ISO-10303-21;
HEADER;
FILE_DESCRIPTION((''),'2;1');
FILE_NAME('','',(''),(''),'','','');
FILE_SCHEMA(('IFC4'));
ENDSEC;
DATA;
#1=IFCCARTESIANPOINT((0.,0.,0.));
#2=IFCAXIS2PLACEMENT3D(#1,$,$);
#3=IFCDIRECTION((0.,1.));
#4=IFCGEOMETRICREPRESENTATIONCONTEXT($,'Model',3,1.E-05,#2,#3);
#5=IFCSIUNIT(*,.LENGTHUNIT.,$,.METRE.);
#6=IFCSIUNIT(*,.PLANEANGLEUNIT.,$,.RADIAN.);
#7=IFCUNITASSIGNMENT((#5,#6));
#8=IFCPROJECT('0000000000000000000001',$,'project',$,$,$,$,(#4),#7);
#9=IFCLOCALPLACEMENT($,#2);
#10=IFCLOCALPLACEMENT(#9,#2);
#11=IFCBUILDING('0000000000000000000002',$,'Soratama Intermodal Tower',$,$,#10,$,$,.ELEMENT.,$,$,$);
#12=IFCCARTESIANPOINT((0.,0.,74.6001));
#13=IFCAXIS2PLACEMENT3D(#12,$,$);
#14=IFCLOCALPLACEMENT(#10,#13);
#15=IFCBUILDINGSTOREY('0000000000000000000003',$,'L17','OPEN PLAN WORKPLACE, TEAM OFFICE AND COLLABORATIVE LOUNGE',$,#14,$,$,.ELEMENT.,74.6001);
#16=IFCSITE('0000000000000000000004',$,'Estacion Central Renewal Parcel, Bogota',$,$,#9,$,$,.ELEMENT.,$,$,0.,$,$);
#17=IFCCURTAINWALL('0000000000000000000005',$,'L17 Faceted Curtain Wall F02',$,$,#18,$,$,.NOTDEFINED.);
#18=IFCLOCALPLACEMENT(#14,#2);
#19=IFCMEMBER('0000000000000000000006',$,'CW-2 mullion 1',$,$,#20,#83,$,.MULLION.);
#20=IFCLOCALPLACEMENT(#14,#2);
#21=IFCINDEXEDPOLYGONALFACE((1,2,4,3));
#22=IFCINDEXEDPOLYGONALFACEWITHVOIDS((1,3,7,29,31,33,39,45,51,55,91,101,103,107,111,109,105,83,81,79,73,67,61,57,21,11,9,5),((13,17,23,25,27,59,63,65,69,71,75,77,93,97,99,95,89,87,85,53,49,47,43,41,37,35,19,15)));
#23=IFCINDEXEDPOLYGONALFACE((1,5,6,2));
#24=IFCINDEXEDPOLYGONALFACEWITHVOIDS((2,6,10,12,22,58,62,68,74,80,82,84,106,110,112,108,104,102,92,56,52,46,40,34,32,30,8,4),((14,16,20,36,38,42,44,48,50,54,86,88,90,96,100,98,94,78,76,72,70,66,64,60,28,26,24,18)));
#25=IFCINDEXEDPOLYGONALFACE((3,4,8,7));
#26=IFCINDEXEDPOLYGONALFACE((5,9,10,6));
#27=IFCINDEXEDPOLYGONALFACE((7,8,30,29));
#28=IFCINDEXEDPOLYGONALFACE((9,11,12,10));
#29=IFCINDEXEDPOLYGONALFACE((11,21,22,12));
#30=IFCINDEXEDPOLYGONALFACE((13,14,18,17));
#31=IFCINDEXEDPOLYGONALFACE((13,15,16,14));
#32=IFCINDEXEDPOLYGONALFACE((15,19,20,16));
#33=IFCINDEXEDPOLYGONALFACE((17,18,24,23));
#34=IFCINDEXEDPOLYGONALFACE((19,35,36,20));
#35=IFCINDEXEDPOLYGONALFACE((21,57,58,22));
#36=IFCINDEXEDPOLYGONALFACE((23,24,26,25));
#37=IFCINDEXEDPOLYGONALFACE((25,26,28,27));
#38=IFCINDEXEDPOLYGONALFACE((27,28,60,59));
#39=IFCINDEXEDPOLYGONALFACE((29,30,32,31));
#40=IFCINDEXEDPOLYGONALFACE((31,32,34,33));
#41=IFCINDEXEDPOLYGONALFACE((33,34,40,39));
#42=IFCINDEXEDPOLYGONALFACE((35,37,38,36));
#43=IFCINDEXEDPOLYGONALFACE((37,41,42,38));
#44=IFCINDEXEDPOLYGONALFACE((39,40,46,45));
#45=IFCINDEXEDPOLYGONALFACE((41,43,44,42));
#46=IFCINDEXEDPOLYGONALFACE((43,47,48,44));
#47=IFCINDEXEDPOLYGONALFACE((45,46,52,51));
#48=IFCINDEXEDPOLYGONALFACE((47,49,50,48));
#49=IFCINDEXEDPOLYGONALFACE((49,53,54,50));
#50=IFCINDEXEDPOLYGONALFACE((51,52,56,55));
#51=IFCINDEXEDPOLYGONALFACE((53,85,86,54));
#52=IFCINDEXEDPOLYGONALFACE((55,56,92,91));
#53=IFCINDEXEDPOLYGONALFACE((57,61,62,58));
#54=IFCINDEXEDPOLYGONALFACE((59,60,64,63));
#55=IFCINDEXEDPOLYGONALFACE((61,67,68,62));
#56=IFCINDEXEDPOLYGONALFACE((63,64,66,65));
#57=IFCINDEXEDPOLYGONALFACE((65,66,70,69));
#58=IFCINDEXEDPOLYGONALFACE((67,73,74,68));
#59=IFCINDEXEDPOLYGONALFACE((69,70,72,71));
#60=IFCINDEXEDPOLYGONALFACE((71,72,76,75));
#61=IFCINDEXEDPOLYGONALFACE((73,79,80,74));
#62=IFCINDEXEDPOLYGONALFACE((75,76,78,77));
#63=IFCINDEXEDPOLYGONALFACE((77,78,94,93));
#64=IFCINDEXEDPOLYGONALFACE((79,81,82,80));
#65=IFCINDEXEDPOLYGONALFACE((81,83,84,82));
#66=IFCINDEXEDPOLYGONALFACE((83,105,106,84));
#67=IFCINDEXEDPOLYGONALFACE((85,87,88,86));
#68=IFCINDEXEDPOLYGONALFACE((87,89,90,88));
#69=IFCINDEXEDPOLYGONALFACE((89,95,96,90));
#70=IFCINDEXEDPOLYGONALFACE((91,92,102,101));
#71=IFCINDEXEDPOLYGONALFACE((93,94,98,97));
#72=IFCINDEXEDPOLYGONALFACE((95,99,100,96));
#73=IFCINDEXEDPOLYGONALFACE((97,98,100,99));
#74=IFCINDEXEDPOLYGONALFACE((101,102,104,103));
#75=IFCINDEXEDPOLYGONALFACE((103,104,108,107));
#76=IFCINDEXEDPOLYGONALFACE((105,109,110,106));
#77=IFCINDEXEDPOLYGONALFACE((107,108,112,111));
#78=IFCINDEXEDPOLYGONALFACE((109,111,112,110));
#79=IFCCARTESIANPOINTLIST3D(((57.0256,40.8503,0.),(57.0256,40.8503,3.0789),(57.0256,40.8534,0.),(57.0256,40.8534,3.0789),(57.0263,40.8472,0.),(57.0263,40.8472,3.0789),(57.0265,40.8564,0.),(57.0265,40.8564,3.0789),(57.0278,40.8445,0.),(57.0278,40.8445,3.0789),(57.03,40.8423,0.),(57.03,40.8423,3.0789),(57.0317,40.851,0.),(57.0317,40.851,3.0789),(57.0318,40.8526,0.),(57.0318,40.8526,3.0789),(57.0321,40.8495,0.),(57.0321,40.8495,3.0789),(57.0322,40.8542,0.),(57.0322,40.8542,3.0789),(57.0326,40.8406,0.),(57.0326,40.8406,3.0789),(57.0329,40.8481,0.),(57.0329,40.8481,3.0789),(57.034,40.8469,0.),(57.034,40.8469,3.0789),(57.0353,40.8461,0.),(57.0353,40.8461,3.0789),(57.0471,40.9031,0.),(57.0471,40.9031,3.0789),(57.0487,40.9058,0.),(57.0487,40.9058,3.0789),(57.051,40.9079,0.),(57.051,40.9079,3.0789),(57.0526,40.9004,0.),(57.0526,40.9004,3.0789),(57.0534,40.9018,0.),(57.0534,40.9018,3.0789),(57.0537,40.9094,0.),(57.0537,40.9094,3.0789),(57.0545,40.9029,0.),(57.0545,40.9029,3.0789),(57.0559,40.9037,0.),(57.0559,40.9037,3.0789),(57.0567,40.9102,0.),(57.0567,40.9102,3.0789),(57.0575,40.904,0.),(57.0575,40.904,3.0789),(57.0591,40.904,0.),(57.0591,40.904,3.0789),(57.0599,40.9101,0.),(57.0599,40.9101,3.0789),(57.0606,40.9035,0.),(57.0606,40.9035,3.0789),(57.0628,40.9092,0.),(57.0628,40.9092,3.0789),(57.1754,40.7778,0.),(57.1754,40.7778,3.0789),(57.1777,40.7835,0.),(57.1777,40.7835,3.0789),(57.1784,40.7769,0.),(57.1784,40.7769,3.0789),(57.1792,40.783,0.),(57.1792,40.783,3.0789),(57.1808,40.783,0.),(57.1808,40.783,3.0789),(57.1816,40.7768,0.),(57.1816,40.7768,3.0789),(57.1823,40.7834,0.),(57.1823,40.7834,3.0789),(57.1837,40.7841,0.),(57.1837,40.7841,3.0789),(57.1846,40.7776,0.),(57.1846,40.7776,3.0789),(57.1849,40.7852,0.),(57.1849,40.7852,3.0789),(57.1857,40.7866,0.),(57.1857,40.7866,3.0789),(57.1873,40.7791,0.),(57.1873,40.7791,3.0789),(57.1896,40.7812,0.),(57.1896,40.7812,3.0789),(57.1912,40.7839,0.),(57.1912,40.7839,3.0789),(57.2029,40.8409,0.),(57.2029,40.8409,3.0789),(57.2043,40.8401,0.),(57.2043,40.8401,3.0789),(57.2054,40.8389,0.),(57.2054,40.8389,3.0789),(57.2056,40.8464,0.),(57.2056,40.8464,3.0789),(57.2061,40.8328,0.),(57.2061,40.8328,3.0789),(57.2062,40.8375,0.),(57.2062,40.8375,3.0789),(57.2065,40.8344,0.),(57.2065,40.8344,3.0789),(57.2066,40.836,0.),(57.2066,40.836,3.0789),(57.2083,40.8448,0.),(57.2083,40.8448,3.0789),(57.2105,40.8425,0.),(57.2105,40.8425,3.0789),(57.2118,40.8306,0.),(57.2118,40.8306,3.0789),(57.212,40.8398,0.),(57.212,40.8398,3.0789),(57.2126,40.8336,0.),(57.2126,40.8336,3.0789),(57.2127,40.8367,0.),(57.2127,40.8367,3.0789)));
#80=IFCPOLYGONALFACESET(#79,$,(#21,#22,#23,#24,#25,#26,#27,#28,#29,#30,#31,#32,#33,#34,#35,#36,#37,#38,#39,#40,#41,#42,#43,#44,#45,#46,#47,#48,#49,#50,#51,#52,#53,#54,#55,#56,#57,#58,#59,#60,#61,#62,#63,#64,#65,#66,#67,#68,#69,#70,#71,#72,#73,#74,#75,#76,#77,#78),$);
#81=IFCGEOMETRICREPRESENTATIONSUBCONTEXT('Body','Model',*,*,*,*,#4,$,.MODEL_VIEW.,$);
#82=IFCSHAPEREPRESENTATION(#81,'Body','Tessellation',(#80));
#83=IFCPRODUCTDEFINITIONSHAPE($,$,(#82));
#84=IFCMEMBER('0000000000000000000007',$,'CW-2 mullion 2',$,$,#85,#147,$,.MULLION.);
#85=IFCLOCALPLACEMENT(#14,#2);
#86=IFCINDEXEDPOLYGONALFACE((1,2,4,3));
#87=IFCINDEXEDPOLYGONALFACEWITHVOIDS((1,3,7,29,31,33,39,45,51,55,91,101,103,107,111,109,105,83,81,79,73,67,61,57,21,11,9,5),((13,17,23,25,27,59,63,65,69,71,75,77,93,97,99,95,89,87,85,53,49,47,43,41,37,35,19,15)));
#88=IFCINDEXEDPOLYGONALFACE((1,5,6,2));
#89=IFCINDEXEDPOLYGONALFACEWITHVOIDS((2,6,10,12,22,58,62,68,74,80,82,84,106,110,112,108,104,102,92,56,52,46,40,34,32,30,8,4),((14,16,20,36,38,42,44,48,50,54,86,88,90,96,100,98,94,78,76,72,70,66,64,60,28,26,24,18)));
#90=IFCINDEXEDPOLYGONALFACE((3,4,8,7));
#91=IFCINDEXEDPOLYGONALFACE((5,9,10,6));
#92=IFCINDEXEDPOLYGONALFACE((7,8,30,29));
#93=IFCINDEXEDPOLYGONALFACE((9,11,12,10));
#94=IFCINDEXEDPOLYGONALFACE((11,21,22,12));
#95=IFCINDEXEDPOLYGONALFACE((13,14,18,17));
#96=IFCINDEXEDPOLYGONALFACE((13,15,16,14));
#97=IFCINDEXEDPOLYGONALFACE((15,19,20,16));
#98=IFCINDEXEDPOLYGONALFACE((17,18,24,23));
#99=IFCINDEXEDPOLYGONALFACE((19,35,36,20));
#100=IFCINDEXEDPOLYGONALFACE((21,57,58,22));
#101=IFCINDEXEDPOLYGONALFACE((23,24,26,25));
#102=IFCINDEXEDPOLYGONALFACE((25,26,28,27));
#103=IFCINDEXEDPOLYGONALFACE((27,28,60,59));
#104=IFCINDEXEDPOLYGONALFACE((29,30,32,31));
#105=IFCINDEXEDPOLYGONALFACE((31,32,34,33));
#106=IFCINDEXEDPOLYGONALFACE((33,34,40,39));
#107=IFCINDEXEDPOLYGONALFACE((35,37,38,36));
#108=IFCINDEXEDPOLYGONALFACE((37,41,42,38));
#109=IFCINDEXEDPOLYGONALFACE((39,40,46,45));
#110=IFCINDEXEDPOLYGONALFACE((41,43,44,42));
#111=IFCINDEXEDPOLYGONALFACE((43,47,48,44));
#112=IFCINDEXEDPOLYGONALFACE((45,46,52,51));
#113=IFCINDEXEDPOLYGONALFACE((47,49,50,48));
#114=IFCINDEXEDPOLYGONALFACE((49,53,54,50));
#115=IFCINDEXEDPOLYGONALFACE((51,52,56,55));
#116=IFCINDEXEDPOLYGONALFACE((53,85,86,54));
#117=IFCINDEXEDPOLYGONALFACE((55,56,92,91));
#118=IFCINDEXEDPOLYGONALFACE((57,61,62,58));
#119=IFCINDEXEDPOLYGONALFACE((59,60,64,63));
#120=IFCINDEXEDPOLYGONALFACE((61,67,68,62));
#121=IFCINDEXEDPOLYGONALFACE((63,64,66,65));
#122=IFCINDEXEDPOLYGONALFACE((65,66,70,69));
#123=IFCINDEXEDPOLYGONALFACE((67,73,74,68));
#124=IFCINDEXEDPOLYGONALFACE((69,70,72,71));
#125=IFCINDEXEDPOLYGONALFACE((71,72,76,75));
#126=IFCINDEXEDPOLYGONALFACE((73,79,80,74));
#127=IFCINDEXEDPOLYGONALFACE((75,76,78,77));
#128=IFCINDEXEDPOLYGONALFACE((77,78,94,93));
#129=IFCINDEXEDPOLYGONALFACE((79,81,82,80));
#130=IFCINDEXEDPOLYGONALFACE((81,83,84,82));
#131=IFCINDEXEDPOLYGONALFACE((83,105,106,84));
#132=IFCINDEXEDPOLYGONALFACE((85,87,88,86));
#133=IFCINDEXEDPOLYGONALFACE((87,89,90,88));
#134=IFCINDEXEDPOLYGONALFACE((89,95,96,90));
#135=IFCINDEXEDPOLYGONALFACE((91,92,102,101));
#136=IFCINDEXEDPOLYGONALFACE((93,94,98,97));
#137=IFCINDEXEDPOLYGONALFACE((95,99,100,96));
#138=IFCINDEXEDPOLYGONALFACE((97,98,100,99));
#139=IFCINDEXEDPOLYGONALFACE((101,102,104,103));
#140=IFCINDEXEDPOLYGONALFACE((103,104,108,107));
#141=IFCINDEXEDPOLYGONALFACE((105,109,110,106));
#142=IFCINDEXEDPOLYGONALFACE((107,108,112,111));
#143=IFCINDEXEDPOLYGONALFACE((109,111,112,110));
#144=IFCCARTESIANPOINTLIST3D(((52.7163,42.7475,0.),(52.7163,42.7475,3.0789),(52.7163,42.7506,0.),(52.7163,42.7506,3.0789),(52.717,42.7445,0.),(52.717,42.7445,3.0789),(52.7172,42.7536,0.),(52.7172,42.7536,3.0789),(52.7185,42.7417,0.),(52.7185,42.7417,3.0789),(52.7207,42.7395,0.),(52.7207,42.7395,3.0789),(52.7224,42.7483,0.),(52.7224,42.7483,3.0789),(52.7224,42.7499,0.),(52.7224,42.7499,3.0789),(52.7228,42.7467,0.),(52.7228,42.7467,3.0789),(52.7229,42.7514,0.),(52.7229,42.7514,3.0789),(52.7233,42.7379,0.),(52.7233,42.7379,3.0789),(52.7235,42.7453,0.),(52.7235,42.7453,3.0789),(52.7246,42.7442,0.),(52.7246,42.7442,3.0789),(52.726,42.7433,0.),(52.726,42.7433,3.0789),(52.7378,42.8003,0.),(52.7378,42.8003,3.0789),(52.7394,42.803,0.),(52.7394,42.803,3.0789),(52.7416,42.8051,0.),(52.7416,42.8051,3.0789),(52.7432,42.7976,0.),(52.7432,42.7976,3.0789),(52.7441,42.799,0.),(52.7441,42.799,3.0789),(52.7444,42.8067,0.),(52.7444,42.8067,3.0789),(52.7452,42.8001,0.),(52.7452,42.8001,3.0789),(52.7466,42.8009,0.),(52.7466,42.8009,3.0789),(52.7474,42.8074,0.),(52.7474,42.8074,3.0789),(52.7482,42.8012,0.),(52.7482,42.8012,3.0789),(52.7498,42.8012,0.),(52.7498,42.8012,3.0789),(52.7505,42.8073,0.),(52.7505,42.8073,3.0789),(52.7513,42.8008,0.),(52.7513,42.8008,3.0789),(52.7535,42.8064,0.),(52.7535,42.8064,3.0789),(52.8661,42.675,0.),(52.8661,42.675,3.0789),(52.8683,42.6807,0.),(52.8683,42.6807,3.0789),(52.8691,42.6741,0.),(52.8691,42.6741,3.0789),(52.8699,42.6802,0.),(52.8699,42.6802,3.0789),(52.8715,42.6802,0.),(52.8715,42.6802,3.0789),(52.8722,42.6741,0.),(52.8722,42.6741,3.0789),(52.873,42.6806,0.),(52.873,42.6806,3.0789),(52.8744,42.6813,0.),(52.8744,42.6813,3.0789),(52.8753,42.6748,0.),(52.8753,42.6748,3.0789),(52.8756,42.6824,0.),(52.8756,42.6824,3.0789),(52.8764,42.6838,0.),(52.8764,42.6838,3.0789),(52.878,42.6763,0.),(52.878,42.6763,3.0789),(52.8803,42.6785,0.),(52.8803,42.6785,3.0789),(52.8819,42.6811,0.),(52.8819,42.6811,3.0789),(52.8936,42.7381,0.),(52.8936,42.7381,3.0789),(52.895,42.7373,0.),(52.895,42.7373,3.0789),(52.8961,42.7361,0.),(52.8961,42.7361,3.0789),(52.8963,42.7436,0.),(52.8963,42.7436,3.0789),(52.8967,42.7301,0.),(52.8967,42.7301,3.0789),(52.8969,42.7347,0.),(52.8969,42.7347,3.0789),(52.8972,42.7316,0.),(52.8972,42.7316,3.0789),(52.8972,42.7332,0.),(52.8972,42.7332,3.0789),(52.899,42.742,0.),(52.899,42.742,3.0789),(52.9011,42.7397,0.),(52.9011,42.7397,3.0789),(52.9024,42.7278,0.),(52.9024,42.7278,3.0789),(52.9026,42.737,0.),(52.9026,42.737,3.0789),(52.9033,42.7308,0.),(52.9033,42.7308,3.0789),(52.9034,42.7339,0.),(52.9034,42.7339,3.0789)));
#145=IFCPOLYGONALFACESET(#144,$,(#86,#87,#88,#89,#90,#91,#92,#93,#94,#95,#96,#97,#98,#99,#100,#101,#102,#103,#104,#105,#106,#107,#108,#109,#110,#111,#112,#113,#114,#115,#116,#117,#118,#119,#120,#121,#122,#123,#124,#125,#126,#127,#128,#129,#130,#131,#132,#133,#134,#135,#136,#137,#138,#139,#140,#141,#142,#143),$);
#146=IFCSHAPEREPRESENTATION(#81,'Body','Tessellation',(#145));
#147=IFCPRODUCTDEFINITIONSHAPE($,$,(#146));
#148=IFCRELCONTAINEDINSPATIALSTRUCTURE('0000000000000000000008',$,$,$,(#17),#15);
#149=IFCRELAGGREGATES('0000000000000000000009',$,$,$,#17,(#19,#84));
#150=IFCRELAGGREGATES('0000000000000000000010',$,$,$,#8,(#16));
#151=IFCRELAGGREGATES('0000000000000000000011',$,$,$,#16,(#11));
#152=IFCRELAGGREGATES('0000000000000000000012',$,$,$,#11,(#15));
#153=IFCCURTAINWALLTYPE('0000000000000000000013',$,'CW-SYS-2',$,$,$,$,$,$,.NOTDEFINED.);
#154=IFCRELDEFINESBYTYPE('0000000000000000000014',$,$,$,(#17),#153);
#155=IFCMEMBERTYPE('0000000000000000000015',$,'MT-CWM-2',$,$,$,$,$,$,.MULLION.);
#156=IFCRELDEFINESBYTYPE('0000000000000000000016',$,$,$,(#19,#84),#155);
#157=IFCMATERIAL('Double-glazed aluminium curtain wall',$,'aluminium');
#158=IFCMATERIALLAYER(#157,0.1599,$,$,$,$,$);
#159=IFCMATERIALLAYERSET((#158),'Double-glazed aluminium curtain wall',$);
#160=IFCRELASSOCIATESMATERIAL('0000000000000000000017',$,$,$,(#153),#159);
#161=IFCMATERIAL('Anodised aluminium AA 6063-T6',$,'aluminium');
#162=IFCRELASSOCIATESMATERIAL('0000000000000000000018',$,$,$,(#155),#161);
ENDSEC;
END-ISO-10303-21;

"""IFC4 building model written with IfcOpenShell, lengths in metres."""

from ifc_helpers import new_model, si_unit, direction, frame, origin, origin_2d, place, context, subcontext, project, spatial, hollow_rectangle, extrude, material, layer, layer_set, material_profile, profile_set, type_object, element, aggregate, save


model = new_model("IFC4")

# Units and contexts
model_context = context("Model", 3, precision=1e-05, world=origin(), true_north=direction((0.0, 1.0)))
body_context = subcontext(model_context, "Body", "Model", "MODEL_VIEW")
ifc_project = project(units=[si_unit("LENGTHUNIT", "METRE"), si_unit("PLANEANGLEUNIT", "RADIAN")], contexts=[model_context])

# Site, building, storey
site_placement = place(None, origin())
site = spatial("IfcSite", under=ifc_project, at=site_placement, Name="Estacion Central Renewal Parcel, Bogota", CompositionType="ELEMENT", RefElevation=0.0)
building_placement = place(site_placement, origin())
building = spatial("IfcBuilding", under=site, at=building_placement, Name="Soratama Intermodal Tower", CompositionType="ELEMENT")
storey_placement = place(building_placement, frame((0.0, 0.0, 74.6001)))
storey = spatial("IfcBuildingStorey", under=building, at=storey_placement, Name="L17", Description="OPEN PLAN WORKPLACE, TEAM OFFICE AND COLLABORATIVE LOUNGE", CompositionType="ELEMENT", Elevation=74.6001)

# Curtain wall, members
ifc_material_1 = material(Name="Double-glazed aluminium curtain wall", Category="aluminium")
ifc_layer_1 = layer(ifc_material_1, 0.1599)
ifc_layer_set_1 = layer_set([ifc_layer_1], Name="Double-glazed aluminium curtain wall")
curtain_wall_type = type_object("IfcCurtainWallType", Name="CW-SYS-2", PredefinedType="NOTDEFINED", material=ifc_layer_set_1)
curtain_wall_placement = place(storey_placement, origin())
curtain_wall = element("IfcCurtainWall", 1, at=curtain_wall_placement, inside=storey, type_object=curtain_wall_type, Name="L17 Faceted Curtain Wall F02", PredefinedType="NOTDEFINED")
ifc_material_2 = material(Name="Anodised aluminium AA 6063-T6", Category="aluminium")
ifc_material_profile_1 = material_profile(ifc_material_2, hollow_rectangle(XDim=0.075, YDim=0.1799, WallThickness=0.0061, InnerFilletRadius=0.0061, OuterFilletRadius=0.012, at=origin_2d()), Name="CWM180X75X6")
ifc_profile_set_1 = profile_set([ifc_material_profile_1], Name="Anodised aluminium AA 6063-T6")
member_type_1 = type_object("IfcMemberType", Name="MT-CWM-2", PredefinedType="MULLION", material=ifc_profile_set_1)
member_1_placement = place(storey_placement, frame((57.1191, 40.8435, 0.0), z_axis=(0.0, 0.0, 1.0), x_axis=(-0.402904, -0.915242, 0.0)))
member_1 = element("IfcMember", 2, at=member_1_placement, type_object=member_type_1, Name="CW-2 mullion 1", PredefinedType="MULLION", context=body_context, shape_type="SweptSolid", body=[
    extrude(hollow_rectangle(XDim=0.075, YDim=0.1799, WallThickness=0.0061, InnerFilletRadius=0.0061, OuterFilletRadius=0.012, at=origin_2d()), origin(), (0.0, 0.0, 1.0), 3.0789),
])
member_2_placement = place(storey_placement, frame((52.8098, 42.7407, 0.0), z_axis=(0.0, 0.0, 1.0), x_axis=(-0.402904, -0.915242, 0.0)))
member_2 = element("IfcMember", 3, at=member_2_placement, type_object=member_type_1, Name="CW-2 mullion 2", PredefinedType="MULLION", context=body_context, shape_type="SweptSolid", body=[
    extrude(hollow_rectangle(XDim=0.075, YDim=0.1799, WallThickness=0.0061, InnerFilletRadius=0.0061, OuterFilletRadius=0.012, at=origin_2d()), origin(), (0.0, 0.0, 1.0), 3.0789),
])
aggregate(curtain_wall, [member_1, member_2])

save(model, "model.ifc")
